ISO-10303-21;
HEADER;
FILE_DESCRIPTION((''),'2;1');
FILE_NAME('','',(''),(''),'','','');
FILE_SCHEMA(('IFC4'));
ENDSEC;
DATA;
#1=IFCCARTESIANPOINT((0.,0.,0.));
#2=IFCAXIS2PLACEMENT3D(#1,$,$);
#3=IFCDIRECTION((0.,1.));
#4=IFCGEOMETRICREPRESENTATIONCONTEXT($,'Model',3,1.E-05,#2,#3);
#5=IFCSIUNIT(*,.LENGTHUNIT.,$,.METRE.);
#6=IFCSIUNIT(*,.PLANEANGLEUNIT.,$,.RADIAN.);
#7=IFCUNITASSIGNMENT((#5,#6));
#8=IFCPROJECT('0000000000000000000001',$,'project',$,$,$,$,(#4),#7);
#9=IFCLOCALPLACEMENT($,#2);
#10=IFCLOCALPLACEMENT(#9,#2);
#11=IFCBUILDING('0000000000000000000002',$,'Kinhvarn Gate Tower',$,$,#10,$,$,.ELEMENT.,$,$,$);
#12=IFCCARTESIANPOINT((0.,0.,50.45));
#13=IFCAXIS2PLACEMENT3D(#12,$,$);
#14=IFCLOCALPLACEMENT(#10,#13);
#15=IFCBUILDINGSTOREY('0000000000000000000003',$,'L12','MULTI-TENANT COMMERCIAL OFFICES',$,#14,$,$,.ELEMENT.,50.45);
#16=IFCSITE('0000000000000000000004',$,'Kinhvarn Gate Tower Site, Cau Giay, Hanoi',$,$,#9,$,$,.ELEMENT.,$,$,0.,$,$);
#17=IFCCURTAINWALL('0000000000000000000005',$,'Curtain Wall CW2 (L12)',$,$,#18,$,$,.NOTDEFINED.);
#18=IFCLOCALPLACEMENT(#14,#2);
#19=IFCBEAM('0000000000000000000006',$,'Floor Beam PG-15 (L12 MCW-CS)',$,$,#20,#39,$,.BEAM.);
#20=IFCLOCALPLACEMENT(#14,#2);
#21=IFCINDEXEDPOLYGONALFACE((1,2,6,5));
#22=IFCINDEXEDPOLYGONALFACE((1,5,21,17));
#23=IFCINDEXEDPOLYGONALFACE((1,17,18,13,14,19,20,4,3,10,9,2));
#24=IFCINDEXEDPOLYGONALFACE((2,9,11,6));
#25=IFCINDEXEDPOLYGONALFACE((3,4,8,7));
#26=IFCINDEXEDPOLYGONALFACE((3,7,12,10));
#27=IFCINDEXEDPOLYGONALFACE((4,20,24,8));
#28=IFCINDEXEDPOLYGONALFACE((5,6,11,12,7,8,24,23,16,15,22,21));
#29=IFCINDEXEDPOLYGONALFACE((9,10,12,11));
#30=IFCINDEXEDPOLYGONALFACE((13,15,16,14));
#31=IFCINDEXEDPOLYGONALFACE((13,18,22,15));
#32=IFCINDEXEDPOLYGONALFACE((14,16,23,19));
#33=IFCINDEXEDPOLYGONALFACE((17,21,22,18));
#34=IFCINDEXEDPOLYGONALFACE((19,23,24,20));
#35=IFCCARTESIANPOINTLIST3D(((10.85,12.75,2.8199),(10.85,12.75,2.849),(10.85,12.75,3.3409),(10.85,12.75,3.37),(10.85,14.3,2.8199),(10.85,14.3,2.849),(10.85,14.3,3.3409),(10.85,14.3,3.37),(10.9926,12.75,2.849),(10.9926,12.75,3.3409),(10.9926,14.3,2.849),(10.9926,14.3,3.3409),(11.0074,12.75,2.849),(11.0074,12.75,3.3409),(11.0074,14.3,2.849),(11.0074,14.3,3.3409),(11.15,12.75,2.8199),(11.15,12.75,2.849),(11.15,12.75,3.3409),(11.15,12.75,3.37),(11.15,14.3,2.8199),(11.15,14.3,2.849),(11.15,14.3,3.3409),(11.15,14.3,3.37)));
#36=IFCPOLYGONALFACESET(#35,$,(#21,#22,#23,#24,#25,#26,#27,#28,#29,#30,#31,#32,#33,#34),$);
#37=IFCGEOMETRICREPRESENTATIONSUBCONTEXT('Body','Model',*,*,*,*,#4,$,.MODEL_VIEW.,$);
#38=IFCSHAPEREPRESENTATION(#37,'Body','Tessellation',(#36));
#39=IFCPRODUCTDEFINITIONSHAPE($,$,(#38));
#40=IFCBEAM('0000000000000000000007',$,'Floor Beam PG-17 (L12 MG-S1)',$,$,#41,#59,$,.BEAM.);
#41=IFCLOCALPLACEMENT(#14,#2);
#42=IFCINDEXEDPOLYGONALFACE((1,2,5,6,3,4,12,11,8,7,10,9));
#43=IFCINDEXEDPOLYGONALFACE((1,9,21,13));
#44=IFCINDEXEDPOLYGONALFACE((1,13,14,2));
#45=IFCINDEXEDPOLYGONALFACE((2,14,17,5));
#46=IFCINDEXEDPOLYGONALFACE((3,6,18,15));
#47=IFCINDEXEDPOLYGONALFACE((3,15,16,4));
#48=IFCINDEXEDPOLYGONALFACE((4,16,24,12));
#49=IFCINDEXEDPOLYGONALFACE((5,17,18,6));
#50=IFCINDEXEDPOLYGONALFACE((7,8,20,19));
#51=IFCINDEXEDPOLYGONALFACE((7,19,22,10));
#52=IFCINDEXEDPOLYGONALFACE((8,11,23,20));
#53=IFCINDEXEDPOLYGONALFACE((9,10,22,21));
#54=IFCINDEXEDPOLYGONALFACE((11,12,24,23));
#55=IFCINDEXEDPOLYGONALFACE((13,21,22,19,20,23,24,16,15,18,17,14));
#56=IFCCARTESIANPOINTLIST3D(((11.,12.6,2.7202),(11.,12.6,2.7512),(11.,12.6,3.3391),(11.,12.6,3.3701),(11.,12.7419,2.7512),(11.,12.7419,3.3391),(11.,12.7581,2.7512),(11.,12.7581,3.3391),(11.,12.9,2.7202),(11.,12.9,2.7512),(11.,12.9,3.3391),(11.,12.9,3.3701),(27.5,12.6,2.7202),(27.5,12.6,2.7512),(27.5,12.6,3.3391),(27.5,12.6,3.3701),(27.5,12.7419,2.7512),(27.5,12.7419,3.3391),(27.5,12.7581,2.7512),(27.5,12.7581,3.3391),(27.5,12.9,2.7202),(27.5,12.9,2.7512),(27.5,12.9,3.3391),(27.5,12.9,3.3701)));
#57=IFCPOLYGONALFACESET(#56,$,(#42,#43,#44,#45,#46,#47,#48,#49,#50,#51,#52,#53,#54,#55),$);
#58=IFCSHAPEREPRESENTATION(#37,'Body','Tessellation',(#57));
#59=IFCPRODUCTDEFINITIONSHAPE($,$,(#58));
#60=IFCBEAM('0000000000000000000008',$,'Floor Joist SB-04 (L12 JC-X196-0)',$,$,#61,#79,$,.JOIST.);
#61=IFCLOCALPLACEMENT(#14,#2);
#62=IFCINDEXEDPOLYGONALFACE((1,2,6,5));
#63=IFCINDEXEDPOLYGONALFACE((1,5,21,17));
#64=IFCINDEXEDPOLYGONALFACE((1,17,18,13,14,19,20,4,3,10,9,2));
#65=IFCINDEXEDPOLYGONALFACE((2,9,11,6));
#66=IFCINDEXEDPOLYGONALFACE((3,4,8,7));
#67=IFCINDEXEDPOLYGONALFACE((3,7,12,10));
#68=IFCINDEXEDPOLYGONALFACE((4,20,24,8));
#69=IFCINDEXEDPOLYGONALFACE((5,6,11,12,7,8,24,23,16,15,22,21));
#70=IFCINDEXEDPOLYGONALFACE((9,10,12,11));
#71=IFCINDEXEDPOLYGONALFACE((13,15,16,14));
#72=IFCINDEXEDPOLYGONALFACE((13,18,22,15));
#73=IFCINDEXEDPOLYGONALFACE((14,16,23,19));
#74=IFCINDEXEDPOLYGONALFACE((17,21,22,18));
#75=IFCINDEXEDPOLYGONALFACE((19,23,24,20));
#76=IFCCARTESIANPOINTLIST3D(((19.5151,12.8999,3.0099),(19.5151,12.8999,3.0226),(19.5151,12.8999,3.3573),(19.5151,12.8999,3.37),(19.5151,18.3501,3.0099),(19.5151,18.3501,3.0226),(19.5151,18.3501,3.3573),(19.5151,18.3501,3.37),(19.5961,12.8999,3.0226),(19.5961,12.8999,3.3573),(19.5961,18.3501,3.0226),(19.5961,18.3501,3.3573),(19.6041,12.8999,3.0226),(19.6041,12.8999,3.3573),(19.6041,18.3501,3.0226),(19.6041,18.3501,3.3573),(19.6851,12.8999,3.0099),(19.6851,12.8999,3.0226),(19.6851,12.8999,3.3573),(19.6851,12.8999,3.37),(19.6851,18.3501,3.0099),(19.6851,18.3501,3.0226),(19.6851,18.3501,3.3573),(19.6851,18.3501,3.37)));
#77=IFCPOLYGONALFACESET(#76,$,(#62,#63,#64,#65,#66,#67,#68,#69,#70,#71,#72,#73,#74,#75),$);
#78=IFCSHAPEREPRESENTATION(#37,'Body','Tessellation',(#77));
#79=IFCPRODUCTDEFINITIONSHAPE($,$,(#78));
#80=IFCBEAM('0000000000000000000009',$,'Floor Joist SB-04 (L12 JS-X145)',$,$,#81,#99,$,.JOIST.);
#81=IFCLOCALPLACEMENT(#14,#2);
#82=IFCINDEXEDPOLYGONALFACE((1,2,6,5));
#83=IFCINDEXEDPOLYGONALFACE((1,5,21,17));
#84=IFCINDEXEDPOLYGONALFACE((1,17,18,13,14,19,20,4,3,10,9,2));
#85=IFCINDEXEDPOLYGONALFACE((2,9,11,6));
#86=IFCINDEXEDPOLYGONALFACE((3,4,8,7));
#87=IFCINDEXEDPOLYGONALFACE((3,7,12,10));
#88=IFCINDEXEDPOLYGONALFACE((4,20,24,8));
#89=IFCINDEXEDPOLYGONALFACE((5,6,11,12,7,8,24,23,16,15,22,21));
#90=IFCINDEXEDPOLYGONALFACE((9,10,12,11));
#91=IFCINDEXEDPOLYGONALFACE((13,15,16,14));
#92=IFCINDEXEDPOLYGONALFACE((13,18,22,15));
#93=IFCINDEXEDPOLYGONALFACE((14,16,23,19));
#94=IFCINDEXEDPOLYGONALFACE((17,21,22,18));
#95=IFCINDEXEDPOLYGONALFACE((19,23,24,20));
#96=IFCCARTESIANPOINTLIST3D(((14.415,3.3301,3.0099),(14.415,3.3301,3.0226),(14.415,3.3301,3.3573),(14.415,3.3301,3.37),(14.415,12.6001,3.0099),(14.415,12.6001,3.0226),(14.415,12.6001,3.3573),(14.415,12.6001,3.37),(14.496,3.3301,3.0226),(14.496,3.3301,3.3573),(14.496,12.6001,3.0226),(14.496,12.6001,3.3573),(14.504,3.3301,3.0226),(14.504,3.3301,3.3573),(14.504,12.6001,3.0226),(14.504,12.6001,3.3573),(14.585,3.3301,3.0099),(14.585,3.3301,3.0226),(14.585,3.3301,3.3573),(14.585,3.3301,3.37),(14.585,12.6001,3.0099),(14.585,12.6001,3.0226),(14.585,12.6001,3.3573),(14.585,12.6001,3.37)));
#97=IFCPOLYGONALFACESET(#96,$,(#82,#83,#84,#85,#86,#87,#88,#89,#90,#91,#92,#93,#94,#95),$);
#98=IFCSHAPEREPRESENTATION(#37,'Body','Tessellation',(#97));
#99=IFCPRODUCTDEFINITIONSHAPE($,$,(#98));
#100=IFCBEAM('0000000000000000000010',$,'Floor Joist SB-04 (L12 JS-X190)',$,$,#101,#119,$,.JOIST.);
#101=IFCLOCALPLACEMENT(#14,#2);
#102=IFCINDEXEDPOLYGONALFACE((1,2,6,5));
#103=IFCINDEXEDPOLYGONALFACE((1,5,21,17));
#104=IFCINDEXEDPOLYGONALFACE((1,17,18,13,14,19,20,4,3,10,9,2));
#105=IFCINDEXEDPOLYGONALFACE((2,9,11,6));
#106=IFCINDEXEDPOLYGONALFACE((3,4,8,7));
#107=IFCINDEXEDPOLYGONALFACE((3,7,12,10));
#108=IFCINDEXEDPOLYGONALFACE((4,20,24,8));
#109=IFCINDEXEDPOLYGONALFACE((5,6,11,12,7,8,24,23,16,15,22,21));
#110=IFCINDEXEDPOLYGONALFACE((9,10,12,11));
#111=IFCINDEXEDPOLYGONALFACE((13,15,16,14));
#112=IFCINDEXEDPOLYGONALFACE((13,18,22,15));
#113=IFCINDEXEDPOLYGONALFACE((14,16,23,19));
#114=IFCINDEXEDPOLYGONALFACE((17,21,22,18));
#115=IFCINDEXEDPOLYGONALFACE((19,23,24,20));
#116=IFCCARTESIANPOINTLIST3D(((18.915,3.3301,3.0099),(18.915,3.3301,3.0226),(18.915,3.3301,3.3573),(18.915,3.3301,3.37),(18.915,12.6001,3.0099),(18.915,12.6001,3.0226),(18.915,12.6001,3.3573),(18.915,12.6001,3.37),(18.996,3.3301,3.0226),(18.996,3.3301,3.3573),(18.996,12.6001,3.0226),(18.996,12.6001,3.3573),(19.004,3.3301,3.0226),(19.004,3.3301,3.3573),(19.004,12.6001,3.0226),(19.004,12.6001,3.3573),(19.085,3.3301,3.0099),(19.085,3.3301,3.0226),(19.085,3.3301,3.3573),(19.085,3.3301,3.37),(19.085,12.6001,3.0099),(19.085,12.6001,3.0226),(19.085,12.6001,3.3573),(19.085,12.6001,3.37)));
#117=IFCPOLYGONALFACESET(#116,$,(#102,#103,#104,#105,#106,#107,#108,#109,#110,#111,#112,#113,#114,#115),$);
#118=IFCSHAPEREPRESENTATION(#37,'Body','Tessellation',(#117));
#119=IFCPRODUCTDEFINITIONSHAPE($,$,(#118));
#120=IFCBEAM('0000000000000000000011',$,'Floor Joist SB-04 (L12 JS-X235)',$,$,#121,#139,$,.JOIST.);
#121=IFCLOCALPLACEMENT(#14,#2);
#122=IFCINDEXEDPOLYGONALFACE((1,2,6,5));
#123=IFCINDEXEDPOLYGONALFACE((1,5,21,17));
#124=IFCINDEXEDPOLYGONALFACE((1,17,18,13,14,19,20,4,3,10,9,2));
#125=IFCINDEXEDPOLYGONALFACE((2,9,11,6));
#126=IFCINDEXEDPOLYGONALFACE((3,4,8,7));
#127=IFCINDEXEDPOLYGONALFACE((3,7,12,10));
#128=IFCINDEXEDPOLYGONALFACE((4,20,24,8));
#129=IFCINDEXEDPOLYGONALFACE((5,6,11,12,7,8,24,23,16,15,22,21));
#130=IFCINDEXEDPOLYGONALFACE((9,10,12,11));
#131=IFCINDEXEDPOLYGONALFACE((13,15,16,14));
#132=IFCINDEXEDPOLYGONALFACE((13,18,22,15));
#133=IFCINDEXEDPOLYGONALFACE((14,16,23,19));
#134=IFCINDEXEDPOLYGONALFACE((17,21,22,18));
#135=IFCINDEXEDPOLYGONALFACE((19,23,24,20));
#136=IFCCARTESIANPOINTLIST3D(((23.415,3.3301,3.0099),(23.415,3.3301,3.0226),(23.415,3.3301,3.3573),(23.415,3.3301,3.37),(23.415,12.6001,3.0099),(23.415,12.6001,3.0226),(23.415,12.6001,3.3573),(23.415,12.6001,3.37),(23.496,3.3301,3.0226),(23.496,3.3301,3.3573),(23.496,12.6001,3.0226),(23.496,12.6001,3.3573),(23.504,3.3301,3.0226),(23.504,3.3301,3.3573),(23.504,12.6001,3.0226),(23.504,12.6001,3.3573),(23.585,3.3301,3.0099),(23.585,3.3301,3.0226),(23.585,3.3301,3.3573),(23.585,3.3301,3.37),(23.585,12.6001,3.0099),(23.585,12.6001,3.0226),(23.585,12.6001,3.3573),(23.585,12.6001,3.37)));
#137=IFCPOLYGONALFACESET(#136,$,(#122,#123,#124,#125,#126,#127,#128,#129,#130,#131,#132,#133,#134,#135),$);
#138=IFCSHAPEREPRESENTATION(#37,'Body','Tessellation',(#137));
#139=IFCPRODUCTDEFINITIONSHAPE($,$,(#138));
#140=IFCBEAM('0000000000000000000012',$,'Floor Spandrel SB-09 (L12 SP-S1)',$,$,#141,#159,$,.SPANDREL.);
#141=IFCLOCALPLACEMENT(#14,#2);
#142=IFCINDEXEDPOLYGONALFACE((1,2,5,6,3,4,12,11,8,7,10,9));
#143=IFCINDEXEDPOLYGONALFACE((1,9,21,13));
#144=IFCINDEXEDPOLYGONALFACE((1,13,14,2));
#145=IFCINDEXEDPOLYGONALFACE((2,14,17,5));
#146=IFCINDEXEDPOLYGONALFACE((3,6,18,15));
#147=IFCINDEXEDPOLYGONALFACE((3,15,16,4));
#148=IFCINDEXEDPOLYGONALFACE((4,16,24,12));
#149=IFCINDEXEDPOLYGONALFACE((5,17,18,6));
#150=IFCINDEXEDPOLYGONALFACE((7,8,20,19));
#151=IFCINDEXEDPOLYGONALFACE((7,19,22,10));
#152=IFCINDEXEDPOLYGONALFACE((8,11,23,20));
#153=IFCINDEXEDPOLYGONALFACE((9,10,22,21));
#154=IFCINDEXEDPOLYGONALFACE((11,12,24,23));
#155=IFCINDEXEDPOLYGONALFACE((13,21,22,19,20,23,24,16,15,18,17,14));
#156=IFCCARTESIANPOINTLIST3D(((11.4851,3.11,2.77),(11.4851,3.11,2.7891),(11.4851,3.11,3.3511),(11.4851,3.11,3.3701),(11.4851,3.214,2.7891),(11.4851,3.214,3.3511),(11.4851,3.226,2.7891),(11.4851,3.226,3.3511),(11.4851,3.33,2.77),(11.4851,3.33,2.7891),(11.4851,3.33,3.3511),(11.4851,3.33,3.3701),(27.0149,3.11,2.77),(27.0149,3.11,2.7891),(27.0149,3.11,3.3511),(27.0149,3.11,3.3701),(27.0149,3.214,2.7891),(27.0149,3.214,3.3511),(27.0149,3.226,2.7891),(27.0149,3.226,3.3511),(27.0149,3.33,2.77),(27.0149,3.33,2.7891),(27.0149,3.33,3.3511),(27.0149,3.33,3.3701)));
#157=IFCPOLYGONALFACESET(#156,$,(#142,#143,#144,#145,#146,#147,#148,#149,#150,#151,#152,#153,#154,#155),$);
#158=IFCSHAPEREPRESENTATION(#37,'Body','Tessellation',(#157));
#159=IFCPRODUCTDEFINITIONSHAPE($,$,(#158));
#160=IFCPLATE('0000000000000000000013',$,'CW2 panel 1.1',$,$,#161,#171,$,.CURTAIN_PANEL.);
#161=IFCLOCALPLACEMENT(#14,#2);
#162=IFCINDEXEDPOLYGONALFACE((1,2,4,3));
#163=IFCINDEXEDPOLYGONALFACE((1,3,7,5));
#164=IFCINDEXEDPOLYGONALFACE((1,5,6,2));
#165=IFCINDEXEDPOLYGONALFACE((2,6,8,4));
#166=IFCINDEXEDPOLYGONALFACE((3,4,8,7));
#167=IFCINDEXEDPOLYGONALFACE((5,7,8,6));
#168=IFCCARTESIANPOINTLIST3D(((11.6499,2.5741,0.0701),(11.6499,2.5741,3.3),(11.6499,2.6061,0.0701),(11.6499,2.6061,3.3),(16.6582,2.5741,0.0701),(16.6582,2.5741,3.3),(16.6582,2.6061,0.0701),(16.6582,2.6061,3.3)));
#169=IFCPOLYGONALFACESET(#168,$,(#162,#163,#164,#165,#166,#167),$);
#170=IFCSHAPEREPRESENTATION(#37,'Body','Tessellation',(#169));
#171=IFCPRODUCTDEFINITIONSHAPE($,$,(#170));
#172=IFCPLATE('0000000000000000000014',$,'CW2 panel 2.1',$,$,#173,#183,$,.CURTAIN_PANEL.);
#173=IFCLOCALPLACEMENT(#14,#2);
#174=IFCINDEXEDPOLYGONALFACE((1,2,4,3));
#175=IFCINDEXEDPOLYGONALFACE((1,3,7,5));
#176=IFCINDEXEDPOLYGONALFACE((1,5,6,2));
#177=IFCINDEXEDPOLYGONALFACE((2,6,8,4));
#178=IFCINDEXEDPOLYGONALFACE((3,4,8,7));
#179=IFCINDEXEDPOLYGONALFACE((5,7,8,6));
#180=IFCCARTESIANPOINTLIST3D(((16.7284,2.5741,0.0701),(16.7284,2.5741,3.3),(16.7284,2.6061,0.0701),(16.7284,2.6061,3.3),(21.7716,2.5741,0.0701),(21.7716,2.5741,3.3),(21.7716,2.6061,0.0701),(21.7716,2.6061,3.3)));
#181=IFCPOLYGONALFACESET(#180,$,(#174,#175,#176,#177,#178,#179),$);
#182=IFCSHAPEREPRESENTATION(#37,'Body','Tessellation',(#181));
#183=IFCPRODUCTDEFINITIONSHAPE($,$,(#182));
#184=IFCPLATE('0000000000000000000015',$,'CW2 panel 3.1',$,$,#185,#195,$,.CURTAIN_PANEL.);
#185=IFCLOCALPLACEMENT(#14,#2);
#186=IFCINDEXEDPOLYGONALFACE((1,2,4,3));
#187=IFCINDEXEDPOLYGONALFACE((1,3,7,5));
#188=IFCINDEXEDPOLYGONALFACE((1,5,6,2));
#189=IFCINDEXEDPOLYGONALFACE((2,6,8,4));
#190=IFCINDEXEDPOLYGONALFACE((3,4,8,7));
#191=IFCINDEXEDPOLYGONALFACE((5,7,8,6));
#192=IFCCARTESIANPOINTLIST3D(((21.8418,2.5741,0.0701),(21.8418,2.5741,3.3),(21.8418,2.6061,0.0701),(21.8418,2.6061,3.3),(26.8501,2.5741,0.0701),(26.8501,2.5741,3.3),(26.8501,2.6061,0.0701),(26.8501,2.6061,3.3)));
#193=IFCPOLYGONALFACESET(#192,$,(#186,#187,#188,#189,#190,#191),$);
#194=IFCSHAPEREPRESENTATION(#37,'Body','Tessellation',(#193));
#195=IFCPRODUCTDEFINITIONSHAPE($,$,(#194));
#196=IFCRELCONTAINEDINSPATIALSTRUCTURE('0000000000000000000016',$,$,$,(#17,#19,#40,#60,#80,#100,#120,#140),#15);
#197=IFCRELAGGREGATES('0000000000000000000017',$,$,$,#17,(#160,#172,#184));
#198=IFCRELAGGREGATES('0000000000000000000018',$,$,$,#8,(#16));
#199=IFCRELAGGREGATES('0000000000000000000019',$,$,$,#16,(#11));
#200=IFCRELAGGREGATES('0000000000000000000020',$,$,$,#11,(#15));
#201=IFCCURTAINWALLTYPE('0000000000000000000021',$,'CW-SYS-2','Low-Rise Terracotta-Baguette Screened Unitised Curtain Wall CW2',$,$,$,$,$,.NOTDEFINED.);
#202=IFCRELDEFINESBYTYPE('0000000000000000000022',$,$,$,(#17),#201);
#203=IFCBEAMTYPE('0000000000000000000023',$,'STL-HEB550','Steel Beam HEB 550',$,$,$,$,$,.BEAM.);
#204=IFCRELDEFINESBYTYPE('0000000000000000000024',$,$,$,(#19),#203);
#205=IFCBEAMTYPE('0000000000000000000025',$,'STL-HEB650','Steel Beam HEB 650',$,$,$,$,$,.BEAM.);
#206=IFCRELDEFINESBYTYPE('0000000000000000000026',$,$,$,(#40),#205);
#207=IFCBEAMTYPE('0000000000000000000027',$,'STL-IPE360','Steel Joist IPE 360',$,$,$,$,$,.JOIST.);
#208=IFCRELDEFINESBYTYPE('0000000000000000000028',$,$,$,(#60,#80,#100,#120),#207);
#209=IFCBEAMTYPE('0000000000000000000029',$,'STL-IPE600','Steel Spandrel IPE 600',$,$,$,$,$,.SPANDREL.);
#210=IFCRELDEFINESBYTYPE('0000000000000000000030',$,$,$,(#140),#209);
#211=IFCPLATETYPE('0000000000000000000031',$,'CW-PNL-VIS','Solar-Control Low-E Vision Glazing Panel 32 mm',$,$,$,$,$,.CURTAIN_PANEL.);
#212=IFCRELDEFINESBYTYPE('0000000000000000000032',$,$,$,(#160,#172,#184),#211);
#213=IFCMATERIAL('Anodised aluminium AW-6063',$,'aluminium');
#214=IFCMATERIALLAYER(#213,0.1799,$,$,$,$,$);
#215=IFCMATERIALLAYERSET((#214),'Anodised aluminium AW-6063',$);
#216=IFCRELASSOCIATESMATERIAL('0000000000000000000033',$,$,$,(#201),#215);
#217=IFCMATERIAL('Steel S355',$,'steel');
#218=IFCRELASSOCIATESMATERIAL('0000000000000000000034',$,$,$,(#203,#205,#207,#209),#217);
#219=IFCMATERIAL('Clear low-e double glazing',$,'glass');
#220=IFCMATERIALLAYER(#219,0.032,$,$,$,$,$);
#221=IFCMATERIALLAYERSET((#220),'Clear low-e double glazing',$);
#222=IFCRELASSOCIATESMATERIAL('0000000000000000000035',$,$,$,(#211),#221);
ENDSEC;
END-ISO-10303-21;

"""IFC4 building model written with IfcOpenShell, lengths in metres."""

from ifc_helpers import new_model, si_unit, direction, frame, origin, origin_2d, place, context, subcontext, project, spatial, rectangle, i_section, extrude, material, layer, layer_set, material_profile, profile_set, type_object, element, aggregate, save


model = new_model("IFC4")

# Units and contexts
model_context = context("Model", 3, precision=1e-05, world=origin(), true_north=direction((0.0, 1.0)))
body_context = subcontext(model_context, "Body", "Model", "MODEL_VIEW")
ifc_project = project(units=[si_unit("LENGTHUNIT", "METRE"), si_unit("PLANEANGLEUNIT", "RADIAN")], contexts=[model_context])

# Site, building, storey
site_placement = place(None, origin())
site = spatial("IfcSite", under=ifc_project, at=site_placement, Name="Kinhvarn Gate Tower Site, Cau Giay, Hanoi", CompositionType="ELEMENT", RefElevation=0.0)
building_placement = place(site_placement, origin())
building = spatial("IfcBuilding", under=site, at=building_placement, Name="Kinhvarn Gate Tower", CompositionType="ELEMENT")
storey_placement = place(building_placement, frame((0.0, 0.0, 50.45)))
storey = spatial("IfcBuildingStorey", under=building, at=storey_placement, Name="L12", Description="MULTI-TENANT COMMERCIAL OFFICES", CompositionType="ELEMENT", Elevation=50.45)

# Shared definitions
ifc_material_1 = material(Name="Anodised aluminium AW-6063", Category="aluminium")
ifc_layer_1 = layer(ifc_material_1, 0.1799)
ifc_layer_set_1 = layer_set([ifc_layer_1], Name="Anodised aluminium AW-6063")
curtain_wall_type = type_object("IfcCurtainWallType", Name="CW-SYS-2", Description="Low-Rise Terracotta-Baguette Screened Unitised Curtain Wall CW2", PredefinedType="NOTDEFINED", material=ifc_layer_set_1)

# Curtain wall
curtain_wall_1_placement = place(storey_placement, origin())
curtain_wall_1 = element("IfcCurtainWall", 1, at=curtain_wall_1_placement, inside=storey, type_object=curtain_wall_type, Name="Curtain Wall CW2 (L12)", PredefinedType="NOTDEFINED")

# Beams
ifc_material_2 = material(Name="Steel S355", Category="steel")
ifc_material_profile_1 = material_profile(ifc_material_2, i_section(OverallWidth=0.3, OverallDepth=0.55, WebThickness=0.0149, FlangeThickness=0.0291, at=origin_2d()), Name="HEB 550")
ifc_profile_set_1 = profile_set([ifc_material_profile_1], Name="Steel S355")
beam_type_1 = type_object("IfcBeamType", Name="STL-HEB550", Description="Steel Beam HEB 550", PredefinedType="BEAM", material=ifc_profile_set_1)
beam_1_placement = place(storey_placement, frame((11.0, 12.75, 3.095), z_axis=(0.0, 1.0, 0.0), x_axis=(-1.0, 0.0, 0.0)))
element("IfcBeam", 2, at=beam_1_placement, inside=storey, type_object=beam_type_1, Name="Floor Beam PG-15 (L12 MCW-CS)", PredefinedType="BEAM", context=body_context, shape_type="SweptSolid", body=[
    extrude(i_section(OverallWidth=0.3, OverallDepth=0.55, WebThickness=0.0149, FlangeThickness=0.0291, at=origin_2d()), origin(), (0.0, 0.0, 1.0), 1.55),
])
ifc_material_profile_2 = material_profile(ifc_material_2, i_section(OverallWidth=0.3, OverallDepth=0.6499, WebThickness=0.0161, FlangeThickness=0.031, at=origin_2d()), Name="HEB 650")
ifc_profile_set_2 = profile_set([ifc_material_profile_2], Name="Steel S355")
beam_type_2 = type_object("IfcBeamType", Name="STL-HEB650", Description="Steel Beam HEB 650", PredefinedType="BEAM", material=ifc_profile_set_2)
beam_2_placement = place(storey_placement, frame((11.0, 12.75, 3.0452), z_axis=(1.0, 0.0, 0.0), x_axis=(0.0, 1.0, 0.0)))
element("IfcBeam", 3, at=beam_2_placement, inside=storey, type_object=beam_type_2, Name="Floor Beam PG-17 (L12 MG-S1)", PredefinedType="BEAM", context=body_context, shape_type="SweptSolid", body=[
    extrude(i_section(OverallWidth=0.3, OverallDepth=0.6499, WebThickness=0.0161, FlangeThickness=0.031, at=origin_2d()), origin(), (0.0, 0.0, 1.0), 16.5),
])
ifc_material_profile_3 = material_profile(ifc_material_2, i_section(OverallWidth=0.1699, OverallDepth=0.3601, WebThickness=0.0081, FlangeThickness=0.0127, at=origin_2d()), Name="IPE 360")
ifc_profile_set_3 = profile_set([ifc_material_profile_3], Name="Steel S355")
beam_type_3 = type_object("IfcBeamType", Name="STL-IPE360", Description="Steel Joist IPE 360", PredefinedType="JOIST", material=ifc_profile_set_3)
beam_3_placement = place(storey_placement, frame((19.6001, 12.8999, 3.1899), z_axis=(0.0, 1.0, 0.0), x_axis=(-1.0, 0.0, 0.0)))
element("IfcBeam", 4, at=beam_3_placement, inside=storey, type_object=beam_type_3, Name="Floor Joist SB-04 (L12 JC-X196-0)", PredefinedType="JOIST", context=body_context, shape_type="SweptSolid", body=[
    extrude(i_section(OverallWidth=0.1699, OverallDepth=0.3601, WebThickness=0.0081, FlangeThickness=0.0127, at=origin_2d()), origin(), (0.0, 0.0, 1.0), 5.4502),
])
for number, where, z_axis, x_axis, name in (
    (5, (14.5, 3.3301, 3.1899), (0.0, 1.0, 0.0), (-1.0, 0.0, 0.0), "Floor Joist SB-04 (L12 JS-X145)"),
    (6, (19.0, 3.3301, 3.1899), (0.0, 1.0, 0.0), (-1.0, 0.0, 0.0), "Floor Joist SB-04 (L12 JS-X190)"),
    (7, (23.5, 3.3301, 3.1899), (0.0, 1.0, 0.0), (-1.0, 0.0, 0.0), "Floor Joist SB-04 (L12 JS-X235)"),
):
    element("IfcBeam", number, at=place(storey_placement, frame(where, z_axis=z_axis, x_axis=x_axis)), inside=storey, type_object=beam_type_3, Name=name, PredefinedType="JOIST", context=body_context, shape_type="SweptSolid", body=[
        extrude(i_section(OverallWidth=0.1699, OverallDepth=0.3601, WebThickness=0.0081, FlangeThickness=0.0127, at=origin_2d()), origin(), (0.0, 0.0, 1.0), 9.27),
    ])
ifc_material_profile_4 = material_profile(ifc_material_2, i_section(OverallWidth=0.22, OverallDepth=0.6001, WebThickness=0.012, FlangeThickness=0.019, at=origin_2d()), Name="IPE 600")
ifc_profile_set_4 = profile_set([ifc_material_profile_4], Name="Steel S355")
beam_type_4 = type_object("IfcBeamType", Name="STL-IPE600", Description="Steel Spandrel IPE 600", PredefinedType="SPANDREL", material=ifc_profile_set_4)
beam_4_placement = place(storey_placement, frame((11.4851, 3.22, 3.0701), z_axis=(1.0, 0.0, 0.0), x_axis=(0.0, 1.0, 0.0)))
element("IfcBeam", 8, at=beam_4_placement, inside=storey, type_object=beam_type_4, Name="Floor Spandrel SB-09 (L12 SP-S1)", PredefinedType="SPANDREL", context=body_context, shape_type="SweptSolid", body=[
    extrude(i_section(OverallWidth=0.22, OverallDepth=0.6001, WebThickness=0.012, FlangeThickness=0.019, at=origin_2d()), origin(), (0.0, 0.0, 1.0), 15.5298),
])

# Plates
ifc_material_3 = material(Name="Clear low-e double glazing", Category="glass")
ifc_layer_2 = layer(ifc_material_3, 0.032)
ifc_layer_set_2 = layer_set([ifc_layer_2], Name="Clear low-e double glazing")
plate_type = type_object("IfcPlateType", Name="CW-PNL-VIS", Description="Solar-Control Low-E Vision Glazing Panel 32 mm", PredefinedType="CURTAIN_PANEL", material=ifc_layer_set_2)
plate_1_placement = place(storey_placement, frame((14.1541, 2.5901, 0.0701), z_axis=(0.0, 0.0, 1.0), x_axis=(1.0, 0.0, 0.0)))
plate_1 = element("IfcPlate", 9, at=plate_1_placement, type_object=plate_type, Name="CW2 panel 1.1", PredefinedType="CURTAIN_PANEL", context=body_context, shape_type="SweptSolid", body=[
    extrude(rectangle(XDim=5.0083, YDim=0.032, at=origin_2d()), origin(), (0.0, 0.0, 1.0), 3.23),
])
plate_2_placement = place(storey_placement, frame((19.25, 2.5901, 0.0701), z_axis=(0.0, 0.0, 1.0), x_axis=(1.0, 0.0, 0.0)))
plate_2 = element("IfcPlate", 10, at=plate_2_placement, type_object=plate_type, Name="CW2 panel 2.1", PredefinedType="CURTAIN_PANEL", context=body_context, shape_type="SweptSolid", body=[
    extrude(rectangle(XDim=5.0432, YDim=0.032, at=origin_2d()), origin(), (0.0, 0.0, 1.0), 3.23),
])
plate_3_placement = place(storey_placement, frame((24.3459, 2.5901, 0.0701), z_axis=(0.0, 0.0, 1.0), x_axis=(1.0, 0.0, 0.0)))
plate_3 = element("IfcPlate", 11, at=plate_3_placement, type_object=plate_type, Name="CW2 panel 3.1", PredefinedType="CURTAIN_PANEL", context=body_context, shape_type="SweptSolid", body=[
    extrude(rectangle(XDim=5.0083, YDim=0.032, at=origin_2d()), origin(), (0.0, 0.0, 1.0), 3.23),
])
aggregate(curtain_wall_1, [plate_1, plate_2, plate_3])

save(model, "model.ifc")
